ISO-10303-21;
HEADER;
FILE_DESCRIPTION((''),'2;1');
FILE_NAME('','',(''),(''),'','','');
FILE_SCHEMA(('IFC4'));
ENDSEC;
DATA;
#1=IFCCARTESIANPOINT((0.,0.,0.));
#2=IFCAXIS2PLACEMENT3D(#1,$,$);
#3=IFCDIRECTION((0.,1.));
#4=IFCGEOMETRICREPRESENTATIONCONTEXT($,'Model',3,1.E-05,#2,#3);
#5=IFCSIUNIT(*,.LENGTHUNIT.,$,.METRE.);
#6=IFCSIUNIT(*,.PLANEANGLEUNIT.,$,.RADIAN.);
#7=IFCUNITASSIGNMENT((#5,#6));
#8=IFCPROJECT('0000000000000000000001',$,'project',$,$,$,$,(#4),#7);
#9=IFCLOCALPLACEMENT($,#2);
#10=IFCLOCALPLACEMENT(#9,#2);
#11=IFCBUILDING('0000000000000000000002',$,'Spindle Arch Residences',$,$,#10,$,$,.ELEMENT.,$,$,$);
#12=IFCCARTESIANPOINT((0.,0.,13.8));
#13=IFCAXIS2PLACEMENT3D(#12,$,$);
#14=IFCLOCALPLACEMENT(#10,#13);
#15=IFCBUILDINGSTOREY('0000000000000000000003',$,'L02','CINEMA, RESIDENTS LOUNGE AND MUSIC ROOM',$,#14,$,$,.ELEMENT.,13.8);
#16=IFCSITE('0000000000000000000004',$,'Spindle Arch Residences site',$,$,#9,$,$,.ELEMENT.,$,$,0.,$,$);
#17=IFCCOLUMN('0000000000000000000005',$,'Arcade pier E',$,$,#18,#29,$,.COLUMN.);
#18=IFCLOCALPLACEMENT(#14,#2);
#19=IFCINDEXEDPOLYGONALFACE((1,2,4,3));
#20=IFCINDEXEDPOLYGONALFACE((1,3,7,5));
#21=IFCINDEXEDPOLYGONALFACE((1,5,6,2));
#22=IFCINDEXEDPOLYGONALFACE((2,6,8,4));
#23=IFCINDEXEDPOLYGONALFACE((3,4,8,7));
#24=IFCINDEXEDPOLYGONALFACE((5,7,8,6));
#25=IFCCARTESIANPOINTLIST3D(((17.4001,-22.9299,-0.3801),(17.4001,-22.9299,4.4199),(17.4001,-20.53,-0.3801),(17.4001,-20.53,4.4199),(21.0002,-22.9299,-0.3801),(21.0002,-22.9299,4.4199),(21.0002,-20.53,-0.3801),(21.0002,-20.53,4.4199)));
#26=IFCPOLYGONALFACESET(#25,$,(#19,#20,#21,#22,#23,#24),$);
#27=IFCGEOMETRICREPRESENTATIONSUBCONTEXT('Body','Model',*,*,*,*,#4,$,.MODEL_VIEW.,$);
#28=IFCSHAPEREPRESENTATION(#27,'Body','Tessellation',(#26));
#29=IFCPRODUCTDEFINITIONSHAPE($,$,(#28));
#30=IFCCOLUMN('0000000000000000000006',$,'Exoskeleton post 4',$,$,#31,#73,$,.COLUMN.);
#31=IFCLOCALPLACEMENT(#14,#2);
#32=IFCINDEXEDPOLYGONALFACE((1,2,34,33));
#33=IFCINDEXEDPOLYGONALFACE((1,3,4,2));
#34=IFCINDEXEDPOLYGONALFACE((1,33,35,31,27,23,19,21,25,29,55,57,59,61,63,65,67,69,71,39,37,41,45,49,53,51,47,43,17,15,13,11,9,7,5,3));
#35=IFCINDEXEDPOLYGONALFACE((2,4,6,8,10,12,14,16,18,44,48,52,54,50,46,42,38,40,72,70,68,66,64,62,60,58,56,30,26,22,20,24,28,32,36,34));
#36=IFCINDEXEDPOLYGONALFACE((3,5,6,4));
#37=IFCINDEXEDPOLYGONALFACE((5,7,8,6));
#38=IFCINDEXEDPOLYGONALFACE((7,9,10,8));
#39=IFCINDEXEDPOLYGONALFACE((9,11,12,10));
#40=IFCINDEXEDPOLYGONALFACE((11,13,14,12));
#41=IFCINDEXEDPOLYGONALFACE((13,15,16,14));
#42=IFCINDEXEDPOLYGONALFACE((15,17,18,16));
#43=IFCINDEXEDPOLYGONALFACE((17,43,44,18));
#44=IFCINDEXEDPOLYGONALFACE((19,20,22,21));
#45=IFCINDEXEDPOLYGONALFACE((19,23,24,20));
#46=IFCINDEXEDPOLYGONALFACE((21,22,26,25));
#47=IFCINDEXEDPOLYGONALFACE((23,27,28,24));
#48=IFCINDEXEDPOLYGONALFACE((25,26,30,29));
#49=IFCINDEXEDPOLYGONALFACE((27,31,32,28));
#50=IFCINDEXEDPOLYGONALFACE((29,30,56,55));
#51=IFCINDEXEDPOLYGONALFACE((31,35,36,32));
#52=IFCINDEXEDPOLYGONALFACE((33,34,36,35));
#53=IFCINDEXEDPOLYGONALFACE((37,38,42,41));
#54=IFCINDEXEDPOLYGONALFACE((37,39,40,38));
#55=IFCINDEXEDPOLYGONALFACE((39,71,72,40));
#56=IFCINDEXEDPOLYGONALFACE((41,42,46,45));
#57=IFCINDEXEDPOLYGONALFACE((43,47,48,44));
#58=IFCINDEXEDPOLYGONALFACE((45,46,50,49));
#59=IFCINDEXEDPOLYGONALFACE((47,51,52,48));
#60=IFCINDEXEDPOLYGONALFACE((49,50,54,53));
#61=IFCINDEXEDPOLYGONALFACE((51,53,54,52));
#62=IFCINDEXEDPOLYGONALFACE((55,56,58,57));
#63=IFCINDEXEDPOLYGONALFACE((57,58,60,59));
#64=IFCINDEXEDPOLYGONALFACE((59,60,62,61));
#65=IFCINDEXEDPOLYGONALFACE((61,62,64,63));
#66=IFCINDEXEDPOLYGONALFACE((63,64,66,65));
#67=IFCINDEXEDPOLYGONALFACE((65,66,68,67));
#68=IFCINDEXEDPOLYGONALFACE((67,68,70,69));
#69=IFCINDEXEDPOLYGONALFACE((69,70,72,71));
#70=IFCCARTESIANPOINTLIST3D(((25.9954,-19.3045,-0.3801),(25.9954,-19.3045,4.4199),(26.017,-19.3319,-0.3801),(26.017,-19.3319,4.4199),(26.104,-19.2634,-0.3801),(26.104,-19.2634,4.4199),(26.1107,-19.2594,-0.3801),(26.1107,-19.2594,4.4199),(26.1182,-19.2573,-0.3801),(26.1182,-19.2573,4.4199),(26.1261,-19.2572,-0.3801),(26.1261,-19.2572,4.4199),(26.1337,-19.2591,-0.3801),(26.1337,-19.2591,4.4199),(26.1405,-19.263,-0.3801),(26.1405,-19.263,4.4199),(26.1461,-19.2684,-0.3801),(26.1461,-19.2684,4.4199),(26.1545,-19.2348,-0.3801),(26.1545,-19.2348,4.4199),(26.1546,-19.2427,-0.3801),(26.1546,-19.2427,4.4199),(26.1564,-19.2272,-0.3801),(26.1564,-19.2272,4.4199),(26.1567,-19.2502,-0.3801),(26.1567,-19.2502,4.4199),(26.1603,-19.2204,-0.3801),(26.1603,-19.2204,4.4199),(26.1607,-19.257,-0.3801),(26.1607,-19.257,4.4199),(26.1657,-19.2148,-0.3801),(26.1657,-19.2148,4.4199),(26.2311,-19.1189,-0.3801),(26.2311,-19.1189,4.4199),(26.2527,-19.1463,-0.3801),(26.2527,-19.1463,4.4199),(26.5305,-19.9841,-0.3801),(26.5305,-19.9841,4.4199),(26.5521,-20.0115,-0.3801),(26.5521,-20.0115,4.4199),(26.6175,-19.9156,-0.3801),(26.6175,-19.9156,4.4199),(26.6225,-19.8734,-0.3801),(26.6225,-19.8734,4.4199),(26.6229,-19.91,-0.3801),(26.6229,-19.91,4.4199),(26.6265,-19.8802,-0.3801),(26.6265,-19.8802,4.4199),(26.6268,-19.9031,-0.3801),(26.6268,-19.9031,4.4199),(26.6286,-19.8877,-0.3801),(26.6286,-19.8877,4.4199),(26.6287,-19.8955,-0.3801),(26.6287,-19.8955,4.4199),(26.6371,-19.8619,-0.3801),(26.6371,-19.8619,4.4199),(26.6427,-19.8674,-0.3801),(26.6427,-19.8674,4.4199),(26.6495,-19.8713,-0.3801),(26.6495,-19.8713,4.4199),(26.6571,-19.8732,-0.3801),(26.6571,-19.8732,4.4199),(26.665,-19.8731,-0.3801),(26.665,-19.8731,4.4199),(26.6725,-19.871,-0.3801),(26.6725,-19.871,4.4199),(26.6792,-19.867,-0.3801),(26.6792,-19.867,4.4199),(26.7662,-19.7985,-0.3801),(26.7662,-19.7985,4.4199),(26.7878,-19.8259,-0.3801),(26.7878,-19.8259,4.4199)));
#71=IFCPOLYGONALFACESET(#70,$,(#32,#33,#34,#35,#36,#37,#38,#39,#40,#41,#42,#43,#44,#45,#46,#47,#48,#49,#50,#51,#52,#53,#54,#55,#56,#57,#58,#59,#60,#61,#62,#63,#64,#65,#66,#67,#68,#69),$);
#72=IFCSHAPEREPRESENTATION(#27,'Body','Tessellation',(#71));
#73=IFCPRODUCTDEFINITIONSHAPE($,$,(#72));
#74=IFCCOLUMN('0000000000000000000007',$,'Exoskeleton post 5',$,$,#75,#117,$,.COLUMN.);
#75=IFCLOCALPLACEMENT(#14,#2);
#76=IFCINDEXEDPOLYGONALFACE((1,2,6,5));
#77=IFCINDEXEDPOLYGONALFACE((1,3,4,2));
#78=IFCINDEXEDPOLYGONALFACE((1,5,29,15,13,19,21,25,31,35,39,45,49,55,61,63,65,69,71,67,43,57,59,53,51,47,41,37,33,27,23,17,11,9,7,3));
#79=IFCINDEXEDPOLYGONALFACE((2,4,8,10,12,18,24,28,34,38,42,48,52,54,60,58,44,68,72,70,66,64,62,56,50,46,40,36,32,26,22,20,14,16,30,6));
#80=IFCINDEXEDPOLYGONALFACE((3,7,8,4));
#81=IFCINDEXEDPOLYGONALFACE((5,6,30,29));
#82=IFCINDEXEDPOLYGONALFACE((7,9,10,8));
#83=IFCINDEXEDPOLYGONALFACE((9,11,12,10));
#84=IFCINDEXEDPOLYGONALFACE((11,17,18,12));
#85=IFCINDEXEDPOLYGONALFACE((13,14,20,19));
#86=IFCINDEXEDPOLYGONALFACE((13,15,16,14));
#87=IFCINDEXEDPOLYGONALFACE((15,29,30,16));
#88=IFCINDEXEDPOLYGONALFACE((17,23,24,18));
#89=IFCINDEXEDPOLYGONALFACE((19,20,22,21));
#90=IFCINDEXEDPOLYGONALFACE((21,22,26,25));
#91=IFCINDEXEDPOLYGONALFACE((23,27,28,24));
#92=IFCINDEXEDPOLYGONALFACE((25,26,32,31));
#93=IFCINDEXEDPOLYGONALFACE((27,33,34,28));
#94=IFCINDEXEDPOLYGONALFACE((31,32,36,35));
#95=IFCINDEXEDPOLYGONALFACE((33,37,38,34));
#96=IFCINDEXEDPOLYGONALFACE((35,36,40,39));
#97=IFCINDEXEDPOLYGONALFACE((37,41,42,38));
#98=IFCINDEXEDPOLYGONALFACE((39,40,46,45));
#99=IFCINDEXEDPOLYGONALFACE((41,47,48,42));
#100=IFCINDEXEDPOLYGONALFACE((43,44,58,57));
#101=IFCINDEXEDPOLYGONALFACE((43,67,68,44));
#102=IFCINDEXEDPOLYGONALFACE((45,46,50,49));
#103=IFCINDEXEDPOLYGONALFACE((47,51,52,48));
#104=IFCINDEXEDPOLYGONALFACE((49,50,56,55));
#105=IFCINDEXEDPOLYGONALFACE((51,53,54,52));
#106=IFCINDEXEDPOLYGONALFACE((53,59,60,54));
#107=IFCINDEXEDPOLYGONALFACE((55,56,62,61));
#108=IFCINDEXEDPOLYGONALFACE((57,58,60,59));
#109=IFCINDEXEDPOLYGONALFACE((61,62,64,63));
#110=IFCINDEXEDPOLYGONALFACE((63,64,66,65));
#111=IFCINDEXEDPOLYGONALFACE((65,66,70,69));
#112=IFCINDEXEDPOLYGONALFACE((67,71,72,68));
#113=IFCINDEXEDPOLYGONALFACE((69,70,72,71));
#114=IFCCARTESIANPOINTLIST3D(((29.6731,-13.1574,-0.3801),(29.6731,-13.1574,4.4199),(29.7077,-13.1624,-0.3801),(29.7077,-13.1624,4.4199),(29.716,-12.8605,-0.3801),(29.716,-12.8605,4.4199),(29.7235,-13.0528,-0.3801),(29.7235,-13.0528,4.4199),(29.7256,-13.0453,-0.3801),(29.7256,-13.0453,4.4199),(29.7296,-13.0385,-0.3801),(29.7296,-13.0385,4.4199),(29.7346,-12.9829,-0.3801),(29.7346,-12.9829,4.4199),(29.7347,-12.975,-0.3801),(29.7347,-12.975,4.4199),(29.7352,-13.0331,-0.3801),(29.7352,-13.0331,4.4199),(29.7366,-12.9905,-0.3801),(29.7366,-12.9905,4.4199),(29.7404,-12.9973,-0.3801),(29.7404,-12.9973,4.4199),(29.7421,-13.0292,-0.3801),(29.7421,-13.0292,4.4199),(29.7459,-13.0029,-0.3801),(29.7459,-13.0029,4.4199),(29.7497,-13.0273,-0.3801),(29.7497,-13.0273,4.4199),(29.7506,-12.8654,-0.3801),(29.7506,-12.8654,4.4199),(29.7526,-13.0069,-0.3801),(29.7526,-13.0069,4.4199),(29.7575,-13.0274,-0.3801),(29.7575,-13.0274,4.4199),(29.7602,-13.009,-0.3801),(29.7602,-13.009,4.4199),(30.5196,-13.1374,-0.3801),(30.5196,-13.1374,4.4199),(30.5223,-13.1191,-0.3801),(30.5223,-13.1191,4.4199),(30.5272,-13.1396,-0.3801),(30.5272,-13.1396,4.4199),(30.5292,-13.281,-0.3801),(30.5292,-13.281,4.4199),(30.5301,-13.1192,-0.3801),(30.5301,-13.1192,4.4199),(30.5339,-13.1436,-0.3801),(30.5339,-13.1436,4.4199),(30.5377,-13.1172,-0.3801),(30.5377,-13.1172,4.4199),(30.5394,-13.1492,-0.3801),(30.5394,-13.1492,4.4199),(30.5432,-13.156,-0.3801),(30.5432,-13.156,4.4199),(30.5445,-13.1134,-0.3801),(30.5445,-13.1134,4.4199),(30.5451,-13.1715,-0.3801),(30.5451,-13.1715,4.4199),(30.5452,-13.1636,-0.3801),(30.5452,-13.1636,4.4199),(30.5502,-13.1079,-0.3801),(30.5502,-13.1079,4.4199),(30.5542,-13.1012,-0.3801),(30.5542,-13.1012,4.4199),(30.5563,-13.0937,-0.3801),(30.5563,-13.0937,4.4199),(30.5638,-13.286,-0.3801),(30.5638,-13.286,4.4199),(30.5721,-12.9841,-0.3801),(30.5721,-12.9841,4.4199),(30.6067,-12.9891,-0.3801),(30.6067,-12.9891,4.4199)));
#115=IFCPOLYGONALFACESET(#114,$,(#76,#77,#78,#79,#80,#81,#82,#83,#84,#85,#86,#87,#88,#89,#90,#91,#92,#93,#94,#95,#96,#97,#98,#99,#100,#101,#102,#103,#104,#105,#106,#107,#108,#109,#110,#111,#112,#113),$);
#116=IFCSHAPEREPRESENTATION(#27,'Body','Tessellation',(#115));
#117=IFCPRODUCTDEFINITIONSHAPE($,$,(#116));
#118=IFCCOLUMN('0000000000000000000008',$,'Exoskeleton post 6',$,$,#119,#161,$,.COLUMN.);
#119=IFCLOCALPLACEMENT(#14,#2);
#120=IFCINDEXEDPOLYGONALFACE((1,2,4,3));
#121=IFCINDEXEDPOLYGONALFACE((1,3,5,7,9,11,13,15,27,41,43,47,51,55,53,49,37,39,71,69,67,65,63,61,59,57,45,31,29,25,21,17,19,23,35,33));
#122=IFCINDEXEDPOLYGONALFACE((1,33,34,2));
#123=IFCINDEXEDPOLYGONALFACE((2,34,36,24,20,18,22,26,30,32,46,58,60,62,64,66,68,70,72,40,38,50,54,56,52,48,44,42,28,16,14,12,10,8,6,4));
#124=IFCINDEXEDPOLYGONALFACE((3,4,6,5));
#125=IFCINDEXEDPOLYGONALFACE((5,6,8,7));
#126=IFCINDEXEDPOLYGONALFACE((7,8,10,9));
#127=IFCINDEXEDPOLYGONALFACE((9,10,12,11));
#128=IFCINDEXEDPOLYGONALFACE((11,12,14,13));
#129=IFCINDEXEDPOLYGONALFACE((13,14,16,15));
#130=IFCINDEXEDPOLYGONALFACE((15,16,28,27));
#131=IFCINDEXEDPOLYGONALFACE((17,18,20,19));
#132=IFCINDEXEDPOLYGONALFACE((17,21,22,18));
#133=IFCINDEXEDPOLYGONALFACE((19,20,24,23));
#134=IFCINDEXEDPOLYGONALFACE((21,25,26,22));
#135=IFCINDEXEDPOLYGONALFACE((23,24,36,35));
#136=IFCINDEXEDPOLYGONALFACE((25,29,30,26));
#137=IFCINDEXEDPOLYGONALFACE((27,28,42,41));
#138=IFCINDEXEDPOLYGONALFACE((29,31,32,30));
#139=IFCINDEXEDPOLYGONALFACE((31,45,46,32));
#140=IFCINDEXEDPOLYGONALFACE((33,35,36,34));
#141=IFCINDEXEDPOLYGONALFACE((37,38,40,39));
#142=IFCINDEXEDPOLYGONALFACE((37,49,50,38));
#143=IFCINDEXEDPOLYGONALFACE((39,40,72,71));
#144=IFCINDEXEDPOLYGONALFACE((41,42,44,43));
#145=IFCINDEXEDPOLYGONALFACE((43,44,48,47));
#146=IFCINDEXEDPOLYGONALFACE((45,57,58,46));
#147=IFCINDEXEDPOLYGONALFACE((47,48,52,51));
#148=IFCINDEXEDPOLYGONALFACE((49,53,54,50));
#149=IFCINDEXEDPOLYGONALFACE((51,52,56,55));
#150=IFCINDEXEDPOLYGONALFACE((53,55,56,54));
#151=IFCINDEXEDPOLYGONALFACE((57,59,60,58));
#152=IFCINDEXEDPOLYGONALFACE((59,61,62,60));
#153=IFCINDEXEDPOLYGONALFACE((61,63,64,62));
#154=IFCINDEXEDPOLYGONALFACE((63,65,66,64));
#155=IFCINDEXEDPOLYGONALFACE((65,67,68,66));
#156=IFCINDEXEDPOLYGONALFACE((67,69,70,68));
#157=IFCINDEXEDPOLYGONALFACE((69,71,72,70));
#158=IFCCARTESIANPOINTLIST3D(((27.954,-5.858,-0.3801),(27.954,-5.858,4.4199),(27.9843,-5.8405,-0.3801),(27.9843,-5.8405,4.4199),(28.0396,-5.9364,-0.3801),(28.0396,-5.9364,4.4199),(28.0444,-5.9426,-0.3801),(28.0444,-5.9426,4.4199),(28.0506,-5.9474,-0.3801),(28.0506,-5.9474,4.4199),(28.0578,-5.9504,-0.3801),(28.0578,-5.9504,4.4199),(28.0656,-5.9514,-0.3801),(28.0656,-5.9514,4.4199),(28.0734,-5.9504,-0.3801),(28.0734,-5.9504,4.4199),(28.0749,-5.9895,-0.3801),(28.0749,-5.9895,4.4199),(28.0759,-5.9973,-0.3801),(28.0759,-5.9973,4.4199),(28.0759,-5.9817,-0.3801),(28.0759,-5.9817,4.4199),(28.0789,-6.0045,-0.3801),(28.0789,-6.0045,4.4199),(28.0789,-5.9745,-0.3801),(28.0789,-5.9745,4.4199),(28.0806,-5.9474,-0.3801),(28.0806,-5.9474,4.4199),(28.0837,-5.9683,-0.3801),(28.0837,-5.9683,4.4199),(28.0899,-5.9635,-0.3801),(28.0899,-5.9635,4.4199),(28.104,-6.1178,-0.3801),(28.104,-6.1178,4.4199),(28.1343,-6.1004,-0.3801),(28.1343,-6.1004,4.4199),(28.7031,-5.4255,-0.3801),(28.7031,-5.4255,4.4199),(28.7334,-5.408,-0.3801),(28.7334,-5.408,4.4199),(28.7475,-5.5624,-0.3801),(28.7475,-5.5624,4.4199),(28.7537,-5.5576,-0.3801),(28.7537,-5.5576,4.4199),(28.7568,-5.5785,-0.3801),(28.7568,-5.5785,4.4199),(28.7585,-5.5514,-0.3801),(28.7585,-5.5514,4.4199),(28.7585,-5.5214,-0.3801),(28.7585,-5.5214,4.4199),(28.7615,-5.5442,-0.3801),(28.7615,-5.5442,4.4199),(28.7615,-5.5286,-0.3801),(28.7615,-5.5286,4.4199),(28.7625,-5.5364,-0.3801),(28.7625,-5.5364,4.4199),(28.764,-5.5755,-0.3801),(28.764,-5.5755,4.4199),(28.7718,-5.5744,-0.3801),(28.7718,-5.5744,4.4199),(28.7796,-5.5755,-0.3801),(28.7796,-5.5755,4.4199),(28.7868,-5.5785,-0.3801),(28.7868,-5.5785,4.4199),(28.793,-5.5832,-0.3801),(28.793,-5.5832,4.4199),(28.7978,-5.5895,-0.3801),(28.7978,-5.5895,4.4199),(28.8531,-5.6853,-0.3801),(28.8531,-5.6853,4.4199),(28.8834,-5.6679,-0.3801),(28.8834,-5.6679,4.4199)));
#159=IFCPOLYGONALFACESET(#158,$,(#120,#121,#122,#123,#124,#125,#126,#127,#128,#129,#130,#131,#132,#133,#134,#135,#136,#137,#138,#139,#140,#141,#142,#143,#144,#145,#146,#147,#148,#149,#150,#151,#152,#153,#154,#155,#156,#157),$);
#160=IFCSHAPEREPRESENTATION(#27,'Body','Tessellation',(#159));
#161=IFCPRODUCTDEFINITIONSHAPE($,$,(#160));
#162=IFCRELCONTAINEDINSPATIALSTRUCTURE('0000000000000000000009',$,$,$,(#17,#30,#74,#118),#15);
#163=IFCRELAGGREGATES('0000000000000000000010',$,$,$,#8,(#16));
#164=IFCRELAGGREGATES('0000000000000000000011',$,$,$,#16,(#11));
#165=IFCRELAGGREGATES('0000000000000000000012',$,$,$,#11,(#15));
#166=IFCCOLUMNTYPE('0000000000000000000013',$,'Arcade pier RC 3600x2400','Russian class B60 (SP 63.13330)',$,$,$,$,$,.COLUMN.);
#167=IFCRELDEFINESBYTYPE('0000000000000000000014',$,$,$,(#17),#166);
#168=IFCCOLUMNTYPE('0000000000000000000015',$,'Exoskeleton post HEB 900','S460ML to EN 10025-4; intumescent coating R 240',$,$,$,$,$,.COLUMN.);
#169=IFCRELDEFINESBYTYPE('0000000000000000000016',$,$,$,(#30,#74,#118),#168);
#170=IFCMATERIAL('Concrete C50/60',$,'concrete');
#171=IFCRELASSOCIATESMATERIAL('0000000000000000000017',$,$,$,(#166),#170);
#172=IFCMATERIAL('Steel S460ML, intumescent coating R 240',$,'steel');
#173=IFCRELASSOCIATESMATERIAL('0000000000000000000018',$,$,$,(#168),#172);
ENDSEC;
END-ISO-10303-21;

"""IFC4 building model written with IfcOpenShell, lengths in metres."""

from ifc_helpers import new_model, si_unit, direction, frame, origin, origin_2d, place, context, subcontext, project, spatial, rectangle, i_section, extrude, material, material_profile, profile_set, type_object, element, save


model = new_model("IFC4")

# Units and contexts
model_context = context("Model", 3, precision=1e-05, world=origin(), true_north=direction((0.0, 1.0)))
body_context = subcontext(model_context, "Body", "Model", "MODEL_VIEW")
ifc_project = project(units=[si_unit("LENGTHUNIT", "METRE"), si_unit("PLANEANGLEUNIT", "RADIAN")], contexts=[model_context])

# Site, building, storey
site_placement = place(None, origin())
site = spatial("IfcSite", under=ifc_project, at=site_placement, Name="Spindle Arch Residences site", CompositionType="ELEMENT", RefElevation=0.0)
building_placement = place(site_placement, origin())
building = spatial("IfcBuilding", under=site, at=building_placement, Name="Spindle Arch Residences", CompositionType="ELEMENT")
storey_placement = place(building_placement, frame((0.0, 0.0, 13.8)))
storey = spatial("IfcBuildingStorey", under=building, at=storey_placement, Name="L02", Description="CINEMA, RESIDENTS LOUNGE AND MUSIC ROOM", CompositionType="ELEMENT", Elevation=13.8)

# Columns
ifc_material_1 = material(Name="Concrete C50/60", Category="concrete")
ifc_material_profile_1 = material_profile(ifc_material_1, rectangle(XDim=3.6001, YDim=2.3999, at=origin_2d()), Name="RC 3600x2400")
ifc_profile_set_1 = profile_set([ifc_material_profile_1], Name="Concrete C50/60")
column_type_1 = type_object("IfcColumnType", Name="Arcade pier RC 3600x2400", Description="Russian class B60 (SP 63.13330)", PredefinedType="COLUMN", material=ifc_profile_set_1)
column_1_placement = place(storey_placement, frame((19.2002, -21.73, -0.3801), z_axis=(0.0, 0.0, 1.0), x_axis=(1.0, 0.0, 0.0)))
element("IfcColumn", 1, at=column_1_placement, inside=storey, type_object=column_type_1, Name="Arcade pier E", PredefinedType="COLUMN", context=body_context, shape_type="SweptSolid", body=[
    extrude(rectangle(XDim=3.6001, YDim=2.3999, at=origin_2d()), origin(), (0.0, 0.0, 1.0), 4.8),
])
ifc_material_2 = material(Name="Steel S460ML, intumescent coating R 240", Category="steel")
ifc_material_profile_2 = material_profile(ifc_material_2, i_section(OverallWidth=0.3, OverallDepth=0.8999, WebThickness=0.0186, FlangeThickness=0.0349, FilletRadius=0.03, at=origin_2d()), Name="HEB 900")
ifc_profile_set_2 = profile_set([ifc_material_profile_2], Name="Steel S460ML, intumescent coating R 240")
column_type_2 = type_object("IfcColumnType", Name="Exoskeleton post HEB 900", Description="S460ML to EN 10025-4; intumescent coating R 240", PredefinedType="COLUMN", material=ifc_profile_set_2)
for number, where, z_axis, x_axis, name in (
    (2, (26.3916, -19.5652, -0.3801), (0.0, 0.0, 1.0), (-0.785684, -0.618629, 0.0), "Exoskeleton post 4"),
    (3, (30.1399, -13.0732, -0.3801), (0.0, 0.0, 1.0), (-0.142906, -0.989736, 0.0), "Exoskeleton post 5"),
    (4, (28.4187, -5.7629, -0.3801), (0.0, 0.0, 1.0), (0.5, -0.866025, 0.0), "Exoskeleton post 6"),
):
    element("IfcColumn", number, at=place(storey_placement, frame(where, z_axis=z_axis, x_axis=x_axis)), inside=storey, type_object=column_type_2, Name=name, PredefinedType="COLUMN", context=body_context, shape_type="SweptSolid", body=[
        extrude(i_section(OverallWidth=0.3, OverallDepth=0.8999, WebThickness=0.0186, FlangeThickness=0.0349, FilletRadius=0.03, at=origin_2d()), origin(), (0.0, 0.0, 1.0), 4.8),
    ])

save(model, "model.ifc")
